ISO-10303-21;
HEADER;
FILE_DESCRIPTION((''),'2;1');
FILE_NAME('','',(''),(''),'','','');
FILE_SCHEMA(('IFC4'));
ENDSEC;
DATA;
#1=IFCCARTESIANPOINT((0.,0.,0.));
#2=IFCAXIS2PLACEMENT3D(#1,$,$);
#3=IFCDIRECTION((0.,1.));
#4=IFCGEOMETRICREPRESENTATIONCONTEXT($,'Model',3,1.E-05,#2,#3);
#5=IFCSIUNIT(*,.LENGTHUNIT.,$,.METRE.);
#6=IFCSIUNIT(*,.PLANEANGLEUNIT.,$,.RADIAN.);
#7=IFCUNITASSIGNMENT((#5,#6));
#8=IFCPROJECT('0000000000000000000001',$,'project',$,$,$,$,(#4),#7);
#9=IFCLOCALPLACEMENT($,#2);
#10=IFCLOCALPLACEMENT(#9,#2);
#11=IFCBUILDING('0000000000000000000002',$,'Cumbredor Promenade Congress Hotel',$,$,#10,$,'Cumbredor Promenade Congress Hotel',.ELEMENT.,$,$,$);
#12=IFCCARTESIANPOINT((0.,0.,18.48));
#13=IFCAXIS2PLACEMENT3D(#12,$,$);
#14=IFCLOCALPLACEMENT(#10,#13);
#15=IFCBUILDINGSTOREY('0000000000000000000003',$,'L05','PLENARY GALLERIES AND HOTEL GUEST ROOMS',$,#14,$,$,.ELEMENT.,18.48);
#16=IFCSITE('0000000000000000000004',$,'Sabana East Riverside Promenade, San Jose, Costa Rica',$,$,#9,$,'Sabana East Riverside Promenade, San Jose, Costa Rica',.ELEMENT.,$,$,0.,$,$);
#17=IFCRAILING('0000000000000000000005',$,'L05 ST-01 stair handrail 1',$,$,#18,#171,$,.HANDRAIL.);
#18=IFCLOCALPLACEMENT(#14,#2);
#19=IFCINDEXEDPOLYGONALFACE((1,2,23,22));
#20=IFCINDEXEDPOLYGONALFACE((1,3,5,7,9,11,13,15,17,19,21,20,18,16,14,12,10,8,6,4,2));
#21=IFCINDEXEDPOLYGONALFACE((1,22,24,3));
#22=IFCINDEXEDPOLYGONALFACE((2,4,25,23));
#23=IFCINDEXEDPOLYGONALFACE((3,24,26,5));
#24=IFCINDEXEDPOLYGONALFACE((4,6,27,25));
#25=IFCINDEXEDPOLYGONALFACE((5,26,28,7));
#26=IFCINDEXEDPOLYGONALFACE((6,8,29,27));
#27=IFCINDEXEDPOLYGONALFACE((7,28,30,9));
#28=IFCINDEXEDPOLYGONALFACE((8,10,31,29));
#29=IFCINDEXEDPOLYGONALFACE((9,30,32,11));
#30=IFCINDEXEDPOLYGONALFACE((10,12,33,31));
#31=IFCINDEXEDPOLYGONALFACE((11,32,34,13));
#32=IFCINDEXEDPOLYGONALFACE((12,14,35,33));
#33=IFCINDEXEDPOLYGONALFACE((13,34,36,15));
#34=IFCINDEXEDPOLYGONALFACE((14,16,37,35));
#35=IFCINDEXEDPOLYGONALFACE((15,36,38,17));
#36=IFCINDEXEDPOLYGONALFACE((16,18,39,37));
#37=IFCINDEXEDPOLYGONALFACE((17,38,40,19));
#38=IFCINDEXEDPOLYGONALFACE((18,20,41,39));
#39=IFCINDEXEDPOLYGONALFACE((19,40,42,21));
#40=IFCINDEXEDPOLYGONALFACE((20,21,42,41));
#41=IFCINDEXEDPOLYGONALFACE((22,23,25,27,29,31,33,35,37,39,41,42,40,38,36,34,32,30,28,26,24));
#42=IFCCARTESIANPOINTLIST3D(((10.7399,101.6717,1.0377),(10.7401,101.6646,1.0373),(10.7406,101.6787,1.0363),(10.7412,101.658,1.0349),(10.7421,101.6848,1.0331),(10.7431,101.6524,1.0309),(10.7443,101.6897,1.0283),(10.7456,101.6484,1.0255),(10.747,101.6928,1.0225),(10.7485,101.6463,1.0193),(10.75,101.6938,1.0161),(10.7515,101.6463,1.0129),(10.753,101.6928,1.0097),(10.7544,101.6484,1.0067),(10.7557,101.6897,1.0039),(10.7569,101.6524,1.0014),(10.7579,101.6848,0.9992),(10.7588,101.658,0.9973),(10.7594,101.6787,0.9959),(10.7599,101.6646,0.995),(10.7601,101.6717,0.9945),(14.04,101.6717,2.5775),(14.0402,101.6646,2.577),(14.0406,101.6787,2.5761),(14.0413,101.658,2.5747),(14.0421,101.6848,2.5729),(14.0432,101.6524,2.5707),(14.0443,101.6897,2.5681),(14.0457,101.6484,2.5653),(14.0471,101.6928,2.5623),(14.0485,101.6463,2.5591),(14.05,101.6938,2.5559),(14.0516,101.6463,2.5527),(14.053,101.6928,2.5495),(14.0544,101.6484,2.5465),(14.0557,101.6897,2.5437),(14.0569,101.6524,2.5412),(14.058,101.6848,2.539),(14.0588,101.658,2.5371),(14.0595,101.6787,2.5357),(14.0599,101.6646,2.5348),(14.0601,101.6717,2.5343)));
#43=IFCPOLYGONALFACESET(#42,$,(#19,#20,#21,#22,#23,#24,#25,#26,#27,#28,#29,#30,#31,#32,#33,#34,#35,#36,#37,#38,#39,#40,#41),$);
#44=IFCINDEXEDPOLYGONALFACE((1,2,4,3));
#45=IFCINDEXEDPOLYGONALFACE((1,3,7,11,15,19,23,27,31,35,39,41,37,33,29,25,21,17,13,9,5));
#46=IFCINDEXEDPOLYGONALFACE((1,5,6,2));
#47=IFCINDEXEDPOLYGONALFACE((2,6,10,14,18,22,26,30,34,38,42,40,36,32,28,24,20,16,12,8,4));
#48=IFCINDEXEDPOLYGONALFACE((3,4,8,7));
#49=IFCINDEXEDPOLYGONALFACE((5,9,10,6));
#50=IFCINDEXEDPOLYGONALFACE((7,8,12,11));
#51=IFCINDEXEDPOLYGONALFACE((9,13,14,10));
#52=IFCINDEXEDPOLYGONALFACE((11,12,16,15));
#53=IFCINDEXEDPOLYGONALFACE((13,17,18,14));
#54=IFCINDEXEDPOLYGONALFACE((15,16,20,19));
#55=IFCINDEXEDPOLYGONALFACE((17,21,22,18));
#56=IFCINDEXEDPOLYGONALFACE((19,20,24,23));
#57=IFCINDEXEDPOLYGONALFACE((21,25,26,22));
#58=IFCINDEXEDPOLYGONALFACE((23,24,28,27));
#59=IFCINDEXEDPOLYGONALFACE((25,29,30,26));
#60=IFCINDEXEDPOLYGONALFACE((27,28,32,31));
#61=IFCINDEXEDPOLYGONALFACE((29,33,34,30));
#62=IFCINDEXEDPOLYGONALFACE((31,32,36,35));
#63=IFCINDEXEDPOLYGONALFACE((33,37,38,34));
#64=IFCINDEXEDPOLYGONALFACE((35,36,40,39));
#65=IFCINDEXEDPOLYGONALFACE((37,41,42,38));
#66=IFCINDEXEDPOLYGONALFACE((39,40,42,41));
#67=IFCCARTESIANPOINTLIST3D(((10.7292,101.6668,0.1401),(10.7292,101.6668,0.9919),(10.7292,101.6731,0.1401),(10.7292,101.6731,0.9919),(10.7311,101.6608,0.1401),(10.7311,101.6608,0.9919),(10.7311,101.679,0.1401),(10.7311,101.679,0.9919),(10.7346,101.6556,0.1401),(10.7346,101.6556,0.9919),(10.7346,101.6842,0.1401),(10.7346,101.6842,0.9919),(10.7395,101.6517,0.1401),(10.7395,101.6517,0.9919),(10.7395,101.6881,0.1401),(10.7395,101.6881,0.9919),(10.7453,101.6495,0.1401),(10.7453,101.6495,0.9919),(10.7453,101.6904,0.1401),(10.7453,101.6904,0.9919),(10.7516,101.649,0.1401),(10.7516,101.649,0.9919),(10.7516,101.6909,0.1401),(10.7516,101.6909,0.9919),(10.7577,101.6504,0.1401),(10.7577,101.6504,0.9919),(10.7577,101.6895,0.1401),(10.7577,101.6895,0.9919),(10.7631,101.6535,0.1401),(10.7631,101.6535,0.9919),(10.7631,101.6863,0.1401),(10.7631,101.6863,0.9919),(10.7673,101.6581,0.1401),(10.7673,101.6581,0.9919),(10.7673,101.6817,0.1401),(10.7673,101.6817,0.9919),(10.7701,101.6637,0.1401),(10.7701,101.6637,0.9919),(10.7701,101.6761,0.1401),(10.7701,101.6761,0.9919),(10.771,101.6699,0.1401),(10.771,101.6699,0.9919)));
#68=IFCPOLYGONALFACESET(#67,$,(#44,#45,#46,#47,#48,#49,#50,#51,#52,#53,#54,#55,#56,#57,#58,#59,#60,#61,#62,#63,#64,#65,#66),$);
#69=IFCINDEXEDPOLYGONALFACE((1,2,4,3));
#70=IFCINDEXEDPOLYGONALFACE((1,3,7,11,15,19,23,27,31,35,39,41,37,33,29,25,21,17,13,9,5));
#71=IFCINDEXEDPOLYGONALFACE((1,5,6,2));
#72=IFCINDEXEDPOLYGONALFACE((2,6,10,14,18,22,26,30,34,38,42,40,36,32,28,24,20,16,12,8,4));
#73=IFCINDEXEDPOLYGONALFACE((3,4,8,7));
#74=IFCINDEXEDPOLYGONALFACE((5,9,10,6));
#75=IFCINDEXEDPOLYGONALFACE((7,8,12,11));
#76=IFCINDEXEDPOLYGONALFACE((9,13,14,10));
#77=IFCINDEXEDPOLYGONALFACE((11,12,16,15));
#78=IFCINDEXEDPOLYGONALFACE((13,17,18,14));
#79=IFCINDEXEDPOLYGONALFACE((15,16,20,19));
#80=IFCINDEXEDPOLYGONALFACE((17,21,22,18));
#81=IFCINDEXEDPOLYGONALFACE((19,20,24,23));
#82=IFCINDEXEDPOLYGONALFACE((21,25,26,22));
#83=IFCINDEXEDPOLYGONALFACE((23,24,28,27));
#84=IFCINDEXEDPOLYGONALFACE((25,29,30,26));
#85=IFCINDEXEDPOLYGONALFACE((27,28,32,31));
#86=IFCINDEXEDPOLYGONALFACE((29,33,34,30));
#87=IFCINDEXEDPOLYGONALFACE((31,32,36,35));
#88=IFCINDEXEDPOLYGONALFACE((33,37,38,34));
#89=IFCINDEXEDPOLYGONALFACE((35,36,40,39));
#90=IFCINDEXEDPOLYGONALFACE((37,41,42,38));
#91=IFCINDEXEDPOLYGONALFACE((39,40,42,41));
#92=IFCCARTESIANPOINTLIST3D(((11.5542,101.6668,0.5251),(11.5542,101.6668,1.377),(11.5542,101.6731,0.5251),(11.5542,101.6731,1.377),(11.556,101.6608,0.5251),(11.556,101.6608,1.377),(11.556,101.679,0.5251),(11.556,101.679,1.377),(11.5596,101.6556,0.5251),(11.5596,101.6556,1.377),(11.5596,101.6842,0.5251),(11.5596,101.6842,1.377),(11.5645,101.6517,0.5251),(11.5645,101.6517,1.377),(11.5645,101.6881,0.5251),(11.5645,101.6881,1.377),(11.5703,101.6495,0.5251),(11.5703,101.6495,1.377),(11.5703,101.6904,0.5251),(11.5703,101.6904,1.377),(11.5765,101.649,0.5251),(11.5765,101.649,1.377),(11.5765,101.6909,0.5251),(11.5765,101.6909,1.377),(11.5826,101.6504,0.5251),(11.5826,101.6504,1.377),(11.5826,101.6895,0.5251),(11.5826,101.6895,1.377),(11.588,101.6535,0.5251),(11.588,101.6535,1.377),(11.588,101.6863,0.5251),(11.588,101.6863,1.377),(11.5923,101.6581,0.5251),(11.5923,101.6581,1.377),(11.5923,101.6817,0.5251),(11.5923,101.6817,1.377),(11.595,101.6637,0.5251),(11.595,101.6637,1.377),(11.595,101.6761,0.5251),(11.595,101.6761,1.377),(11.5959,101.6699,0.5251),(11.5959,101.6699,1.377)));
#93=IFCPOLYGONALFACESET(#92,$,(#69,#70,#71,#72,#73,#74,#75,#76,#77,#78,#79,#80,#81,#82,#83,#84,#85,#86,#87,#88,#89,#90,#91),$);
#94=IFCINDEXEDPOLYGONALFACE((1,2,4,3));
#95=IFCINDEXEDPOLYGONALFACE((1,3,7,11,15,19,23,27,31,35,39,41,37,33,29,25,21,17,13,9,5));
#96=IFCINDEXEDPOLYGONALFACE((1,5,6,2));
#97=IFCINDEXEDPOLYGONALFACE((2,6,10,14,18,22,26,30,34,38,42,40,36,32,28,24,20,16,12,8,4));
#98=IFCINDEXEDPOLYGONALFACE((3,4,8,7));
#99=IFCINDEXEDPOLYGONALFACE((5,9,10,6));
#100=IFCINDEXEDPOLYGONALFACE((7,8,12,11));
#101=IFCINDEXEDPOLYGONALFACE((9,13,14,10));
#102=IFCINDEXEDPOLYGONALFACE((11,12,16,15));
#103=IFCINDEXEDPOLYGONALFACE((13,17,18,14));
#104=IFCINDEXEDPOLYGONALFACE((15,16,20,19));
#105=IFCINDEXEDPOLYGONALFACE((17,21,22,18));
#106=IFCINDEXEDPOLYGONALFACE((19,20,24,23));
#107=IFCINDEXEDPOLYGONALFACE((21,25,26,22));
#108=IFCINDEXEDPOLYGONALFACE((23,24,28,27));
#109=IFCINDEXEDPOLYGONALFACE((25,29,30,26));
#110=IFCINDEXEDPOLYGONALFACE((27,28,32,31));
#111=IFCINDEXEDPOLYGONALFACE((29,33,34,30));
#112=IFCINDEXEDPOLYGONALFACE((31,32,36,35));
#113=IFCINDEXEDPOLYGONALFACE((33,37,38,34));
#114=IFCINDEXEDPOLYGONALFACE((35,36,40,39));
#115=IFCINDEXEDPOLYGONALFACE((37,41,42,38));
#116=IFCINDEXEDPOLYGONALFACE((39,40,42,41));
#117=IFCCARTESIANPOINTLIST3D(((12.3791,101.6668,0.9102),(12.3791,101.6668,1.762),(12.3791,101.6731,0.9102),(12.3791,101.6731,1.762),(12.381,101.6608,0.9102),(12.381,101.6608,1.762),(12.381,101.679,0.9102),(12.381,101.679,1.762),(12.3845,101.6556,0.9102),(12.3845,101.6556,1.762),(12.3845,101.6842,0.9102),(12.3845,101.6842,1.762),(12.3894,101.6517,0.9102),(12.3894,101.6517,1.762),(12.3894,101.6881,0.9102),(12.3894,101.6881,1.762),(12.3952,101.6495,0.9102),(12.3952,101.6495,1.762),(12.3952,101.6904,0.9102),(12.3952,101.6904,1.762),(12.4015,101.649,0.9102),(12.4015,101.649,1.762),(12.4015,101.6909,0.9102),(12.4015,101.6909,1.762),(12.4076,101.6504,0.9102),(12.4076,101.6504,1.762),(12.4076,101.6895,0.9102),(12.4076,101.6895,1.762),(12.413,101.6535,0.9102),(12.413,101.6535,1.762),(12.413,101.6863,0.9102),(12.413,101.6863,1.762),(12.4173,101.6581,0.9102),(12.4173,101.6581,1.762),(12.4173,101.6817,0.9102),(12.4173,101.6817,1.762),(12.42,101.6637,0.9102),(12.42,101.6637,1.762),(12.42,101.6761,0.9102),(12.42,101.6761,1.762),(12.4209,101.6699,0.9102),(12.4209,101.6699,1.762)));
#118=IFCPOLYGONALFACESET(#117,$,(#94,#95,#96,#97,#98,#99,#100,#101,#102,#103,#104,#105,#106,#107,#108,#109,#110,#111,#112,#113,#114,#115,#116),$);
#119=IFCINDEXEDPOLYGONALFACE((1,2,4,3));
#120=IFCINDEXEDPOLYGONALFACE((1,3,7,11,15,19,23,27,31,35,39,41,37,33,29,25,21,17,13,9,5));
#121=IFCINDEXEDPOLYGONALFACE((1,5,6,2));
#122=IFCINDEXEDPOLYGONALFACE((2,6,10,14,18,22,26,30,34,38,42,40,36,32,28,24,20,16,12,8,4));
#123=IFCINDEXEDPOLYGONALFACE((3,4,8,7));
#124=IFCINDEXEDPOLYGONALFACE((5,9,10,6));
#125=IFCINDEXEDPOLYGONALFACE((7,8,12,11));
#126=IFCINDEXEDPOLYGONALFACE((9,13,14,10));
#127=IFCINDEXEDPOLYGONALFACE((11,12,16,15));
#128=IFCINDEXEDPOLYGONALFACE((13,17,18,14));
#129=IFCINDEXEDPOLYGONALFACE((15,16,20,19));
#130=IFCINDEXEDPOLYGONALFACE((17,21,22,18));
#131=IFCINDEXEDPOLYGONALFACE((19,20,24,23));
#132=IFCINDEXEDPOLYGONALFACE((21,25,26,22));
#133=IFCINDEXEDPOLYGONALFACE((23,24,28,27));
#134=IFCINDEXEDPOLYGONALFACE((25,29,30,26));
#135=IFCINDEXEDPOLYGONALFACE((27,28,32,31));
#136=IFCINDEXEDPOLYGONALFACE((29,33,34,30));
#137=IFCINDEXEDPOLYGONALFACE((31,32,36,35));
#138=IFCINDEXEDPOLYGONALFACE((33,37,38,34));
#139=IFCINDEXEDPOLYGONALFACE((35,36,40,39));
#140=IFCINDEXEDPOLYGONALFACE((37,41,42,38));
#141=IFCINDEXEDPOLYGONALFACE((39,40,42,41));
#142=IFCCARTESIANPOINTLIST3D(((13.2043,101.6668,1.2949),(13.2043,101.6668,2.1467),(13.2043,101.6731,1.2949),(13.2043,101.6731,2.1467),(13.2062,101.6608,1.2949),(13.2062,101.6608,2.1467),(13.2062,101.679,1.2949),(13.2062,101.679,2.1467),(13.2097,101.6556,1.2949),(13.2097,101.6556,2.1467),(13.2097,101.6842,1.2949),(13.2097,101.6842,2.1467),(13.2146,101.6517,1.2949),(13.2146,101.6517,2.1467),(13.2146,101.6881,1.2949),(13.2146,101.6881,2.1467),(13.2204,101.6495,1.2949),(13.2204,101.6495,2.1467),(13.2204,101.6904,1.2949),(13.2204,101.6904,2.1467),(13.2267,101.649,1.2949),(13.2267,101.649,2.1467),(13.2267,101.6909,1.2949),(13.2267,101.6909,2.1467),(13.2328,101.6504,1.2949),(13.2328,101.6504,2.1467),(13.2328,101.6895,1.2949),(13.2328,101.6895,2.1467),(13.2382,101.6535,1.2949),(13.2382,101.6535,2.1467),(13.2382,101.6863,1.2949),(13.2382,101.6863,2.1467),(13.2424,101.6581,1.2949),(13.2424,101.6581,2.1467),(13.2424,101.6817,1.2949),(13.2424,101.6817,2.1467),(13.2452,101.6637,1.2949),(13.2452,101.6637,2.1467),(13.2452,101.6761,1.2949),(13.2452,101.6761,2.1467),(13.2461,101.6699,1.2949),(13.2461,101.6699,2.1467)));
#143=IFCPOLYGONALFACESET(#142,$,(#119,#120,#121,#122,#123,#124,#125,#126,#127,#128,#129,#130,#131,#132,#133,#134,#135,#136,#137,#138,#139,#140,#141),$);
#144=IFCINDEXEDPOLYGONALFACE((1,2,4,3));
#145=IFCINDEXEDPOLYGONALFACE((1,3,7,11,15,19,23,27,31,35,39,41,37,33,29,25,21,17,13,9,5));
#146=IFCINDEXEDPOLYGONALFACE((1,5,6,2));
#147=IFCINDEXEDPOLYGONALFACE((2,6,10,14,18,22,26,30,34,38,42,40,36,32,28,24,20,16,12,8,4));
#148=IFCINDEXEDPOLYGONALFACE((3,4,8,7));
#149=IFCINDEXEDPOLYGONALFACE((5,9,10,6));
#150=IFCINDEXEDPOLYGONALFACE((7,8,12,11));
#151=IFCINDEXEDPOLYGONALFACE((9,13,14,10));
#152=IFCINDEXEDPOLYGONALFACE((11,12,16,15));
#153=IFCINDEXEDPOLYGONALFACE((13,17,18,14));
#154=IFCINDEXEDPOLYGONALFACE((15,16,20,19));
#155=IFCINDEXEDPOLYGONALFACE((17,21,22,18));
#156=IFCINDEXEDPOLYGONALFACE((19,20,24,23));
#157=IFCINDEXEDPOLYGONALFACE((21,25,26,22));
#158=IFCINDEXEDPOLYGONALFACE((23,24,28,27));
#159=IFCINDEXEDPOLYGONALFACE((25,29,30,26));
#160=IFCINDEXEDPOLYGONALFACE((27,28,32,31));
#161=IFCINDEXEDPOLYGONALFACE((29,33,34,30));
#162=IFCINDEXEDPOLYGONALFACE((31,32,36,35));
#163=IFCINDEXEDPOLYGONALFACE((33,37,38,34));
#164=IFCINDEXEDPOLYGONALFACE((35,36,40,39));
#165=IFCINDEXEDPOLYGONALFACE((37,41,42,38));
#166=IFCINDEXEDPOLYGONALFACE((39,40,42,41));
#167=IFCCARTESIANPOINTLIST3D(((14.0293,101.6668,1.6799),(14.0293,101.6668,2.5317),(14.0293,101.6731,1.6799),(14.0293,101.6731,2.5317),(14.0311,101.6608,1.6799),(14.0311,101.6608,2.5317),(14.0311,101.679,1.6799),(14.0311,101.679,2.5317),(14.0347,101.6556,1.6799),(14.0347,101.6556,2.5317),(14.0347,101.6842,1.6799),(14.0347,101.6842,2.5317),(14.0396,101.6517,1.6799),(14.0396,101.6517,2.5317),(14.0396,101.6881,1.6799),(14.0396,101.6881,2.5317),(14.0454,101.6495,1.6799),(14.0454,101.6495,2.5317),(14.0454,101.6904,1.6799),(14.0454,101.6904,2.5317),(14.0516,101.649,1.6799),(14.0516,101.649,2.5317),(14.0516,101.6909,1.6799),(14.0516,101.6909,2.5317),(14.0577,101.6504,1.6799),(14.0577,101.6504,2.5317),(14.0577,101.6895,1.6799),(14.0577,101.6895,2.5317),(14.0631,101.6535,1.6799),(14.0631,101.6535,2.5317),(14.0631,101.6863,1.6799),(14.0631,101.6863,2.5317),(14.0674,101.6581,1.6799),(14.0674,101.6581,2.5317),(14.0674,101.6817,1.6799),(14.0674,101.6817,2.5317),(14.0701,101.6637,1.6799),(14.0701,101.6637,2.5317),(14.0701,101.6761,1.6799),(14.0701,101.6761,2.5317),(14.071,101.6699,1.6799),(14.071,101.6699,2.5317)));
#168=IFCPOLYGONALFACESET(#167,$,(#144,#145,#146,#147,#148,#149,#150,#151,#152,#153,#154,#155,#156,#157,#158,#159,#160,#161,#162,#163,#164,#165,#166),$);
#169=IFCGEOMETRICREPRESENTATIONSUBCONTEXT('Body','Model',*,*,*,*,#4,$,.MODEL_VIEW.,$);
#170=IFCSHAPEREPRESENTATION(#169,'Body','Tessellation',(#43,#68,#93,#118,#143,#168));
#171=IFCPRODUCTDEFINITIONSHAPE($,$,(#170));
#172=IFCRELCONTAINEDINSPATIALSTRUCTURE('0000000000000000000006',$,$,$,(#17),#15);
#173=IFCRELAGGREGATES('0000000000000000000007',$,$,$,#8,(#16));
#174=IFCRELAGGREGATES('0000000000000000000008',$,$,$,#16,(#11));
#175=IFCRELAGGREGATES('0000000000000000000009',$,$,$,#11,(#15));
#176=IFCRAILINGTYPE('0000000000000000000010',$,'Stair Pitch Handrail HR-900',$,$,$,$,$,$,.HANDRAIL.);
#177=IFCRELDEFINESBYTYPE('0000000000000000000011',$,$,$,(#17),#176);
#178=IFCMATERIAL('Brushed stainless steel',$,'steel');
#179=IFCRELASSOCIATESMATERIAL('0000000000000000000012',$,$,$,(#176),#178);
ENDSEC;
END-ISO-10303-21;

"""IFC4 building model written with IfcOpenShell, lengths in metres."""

from ifc_helpers import new_model, si_unit, direction, frame, origin, origin_2d, place, context, subcontext, project, spatial, circle, extrude, material, type_object, element, save


model = new_model("IFC4")

# Units and contexts
model_context = context("Model", 3, precision=1e-05, world=origin(), true_north=direction((0.0, 1.0)))
body_context = subcontext(model_context, "Body", "Model", "MODEL_VIEW")
ifc_project = project(units=[si_unit("LENGTHUNIT", "METRE"), si_unit("PLANEANGLEUNIT", "RADIAN")], contexts=[model_context])

# Site, building, storey
site_placement = place(None, origin())
site = spatial("IfcSite", under=ifc_project, at=site_placement, Name="Sabana East Riverside Promenade, San Jose, Costa Rica", LongName="Sabana East Riverside Promenade, San Jose, Costa Rica", CompositionType="ELEMENT", RefElevation=0.0)
building_placement = place(site_placement, origin())
building = spatial("IfcBuilding", under=site, at=building_placement, Name="Cumbredor Promenade Congress Hotel", LongName="Cumbredor Promenade Congress Hotel", CompositionType="ELEMENT")
storey_placement = place(building_placement, frame((0.0, 0.0, 18.48)))
storey = spatial("IfcBuildingStorey", under=building, at=storey_placement, Name="L05", Description="PLENARY GALLERIES AND HOTEL GUEST ROOMS", CompositionType="ELEMENT", Elevation=18.48)

# Railing
ifc_material_1 = material(Name="Brushed stainless steel", Category="steel")
railing_type_1 = type_object("IfcRailingType", Name="Stair Pitch Handrail HR-900", PredefinedType="HANDRAIL", material=ifc_material_1)
railing_1_placement = place(storey_placement, frame((10.75, 101.6699, 0.1401)))
element("IfcRailing", 1, at=railing_1_placement, inside=storey, type_object=railing_type_1, Name="L05 ST-01 stair handrail 1", PredefinedType="HANDRAIL", context=body_context, shape_type="SweptSolid", body=[
    extrude(circle(Radius=0.0239, at=origin_2d()), frame((0.0, 0.0, 0.876), z_axis=(0.906207, 0.0, 0.422834), x_axis=(0.0, 1.0, 0.0)), (0.0, 0.0, 1.0), 3.6416),
    extrude(circle(Radius=0.021, at=origin_2d()), origin(), (0.0, 0.0, 1.0), 0.8518),
    extrude(circle(Radius=0.021, at=origin_2d()), frame((0.825, 0.0, 0.385)), (0.0, 0.0, 1.0), 0.8518),
    extrude(circle(Radius=0.021, at=origin_2d()), frame((1.6499, 0.0, 0.77)), (0.0, 0.0, 1.0), 0.8518),
    extrude(circle(Radius=0.021, at=origin_2d()), frame((2.4751, 0.0, 1.1548)), (0.0, 0.0, 1.0), 0.8518),
    extrude(circle(Radius=0.021, at=origin_2d()), frame((3.3, 0.0, 1.5398)), (0.0, 0.0, 1.0), 0.8518),
])

save(model, "model.ifc")
